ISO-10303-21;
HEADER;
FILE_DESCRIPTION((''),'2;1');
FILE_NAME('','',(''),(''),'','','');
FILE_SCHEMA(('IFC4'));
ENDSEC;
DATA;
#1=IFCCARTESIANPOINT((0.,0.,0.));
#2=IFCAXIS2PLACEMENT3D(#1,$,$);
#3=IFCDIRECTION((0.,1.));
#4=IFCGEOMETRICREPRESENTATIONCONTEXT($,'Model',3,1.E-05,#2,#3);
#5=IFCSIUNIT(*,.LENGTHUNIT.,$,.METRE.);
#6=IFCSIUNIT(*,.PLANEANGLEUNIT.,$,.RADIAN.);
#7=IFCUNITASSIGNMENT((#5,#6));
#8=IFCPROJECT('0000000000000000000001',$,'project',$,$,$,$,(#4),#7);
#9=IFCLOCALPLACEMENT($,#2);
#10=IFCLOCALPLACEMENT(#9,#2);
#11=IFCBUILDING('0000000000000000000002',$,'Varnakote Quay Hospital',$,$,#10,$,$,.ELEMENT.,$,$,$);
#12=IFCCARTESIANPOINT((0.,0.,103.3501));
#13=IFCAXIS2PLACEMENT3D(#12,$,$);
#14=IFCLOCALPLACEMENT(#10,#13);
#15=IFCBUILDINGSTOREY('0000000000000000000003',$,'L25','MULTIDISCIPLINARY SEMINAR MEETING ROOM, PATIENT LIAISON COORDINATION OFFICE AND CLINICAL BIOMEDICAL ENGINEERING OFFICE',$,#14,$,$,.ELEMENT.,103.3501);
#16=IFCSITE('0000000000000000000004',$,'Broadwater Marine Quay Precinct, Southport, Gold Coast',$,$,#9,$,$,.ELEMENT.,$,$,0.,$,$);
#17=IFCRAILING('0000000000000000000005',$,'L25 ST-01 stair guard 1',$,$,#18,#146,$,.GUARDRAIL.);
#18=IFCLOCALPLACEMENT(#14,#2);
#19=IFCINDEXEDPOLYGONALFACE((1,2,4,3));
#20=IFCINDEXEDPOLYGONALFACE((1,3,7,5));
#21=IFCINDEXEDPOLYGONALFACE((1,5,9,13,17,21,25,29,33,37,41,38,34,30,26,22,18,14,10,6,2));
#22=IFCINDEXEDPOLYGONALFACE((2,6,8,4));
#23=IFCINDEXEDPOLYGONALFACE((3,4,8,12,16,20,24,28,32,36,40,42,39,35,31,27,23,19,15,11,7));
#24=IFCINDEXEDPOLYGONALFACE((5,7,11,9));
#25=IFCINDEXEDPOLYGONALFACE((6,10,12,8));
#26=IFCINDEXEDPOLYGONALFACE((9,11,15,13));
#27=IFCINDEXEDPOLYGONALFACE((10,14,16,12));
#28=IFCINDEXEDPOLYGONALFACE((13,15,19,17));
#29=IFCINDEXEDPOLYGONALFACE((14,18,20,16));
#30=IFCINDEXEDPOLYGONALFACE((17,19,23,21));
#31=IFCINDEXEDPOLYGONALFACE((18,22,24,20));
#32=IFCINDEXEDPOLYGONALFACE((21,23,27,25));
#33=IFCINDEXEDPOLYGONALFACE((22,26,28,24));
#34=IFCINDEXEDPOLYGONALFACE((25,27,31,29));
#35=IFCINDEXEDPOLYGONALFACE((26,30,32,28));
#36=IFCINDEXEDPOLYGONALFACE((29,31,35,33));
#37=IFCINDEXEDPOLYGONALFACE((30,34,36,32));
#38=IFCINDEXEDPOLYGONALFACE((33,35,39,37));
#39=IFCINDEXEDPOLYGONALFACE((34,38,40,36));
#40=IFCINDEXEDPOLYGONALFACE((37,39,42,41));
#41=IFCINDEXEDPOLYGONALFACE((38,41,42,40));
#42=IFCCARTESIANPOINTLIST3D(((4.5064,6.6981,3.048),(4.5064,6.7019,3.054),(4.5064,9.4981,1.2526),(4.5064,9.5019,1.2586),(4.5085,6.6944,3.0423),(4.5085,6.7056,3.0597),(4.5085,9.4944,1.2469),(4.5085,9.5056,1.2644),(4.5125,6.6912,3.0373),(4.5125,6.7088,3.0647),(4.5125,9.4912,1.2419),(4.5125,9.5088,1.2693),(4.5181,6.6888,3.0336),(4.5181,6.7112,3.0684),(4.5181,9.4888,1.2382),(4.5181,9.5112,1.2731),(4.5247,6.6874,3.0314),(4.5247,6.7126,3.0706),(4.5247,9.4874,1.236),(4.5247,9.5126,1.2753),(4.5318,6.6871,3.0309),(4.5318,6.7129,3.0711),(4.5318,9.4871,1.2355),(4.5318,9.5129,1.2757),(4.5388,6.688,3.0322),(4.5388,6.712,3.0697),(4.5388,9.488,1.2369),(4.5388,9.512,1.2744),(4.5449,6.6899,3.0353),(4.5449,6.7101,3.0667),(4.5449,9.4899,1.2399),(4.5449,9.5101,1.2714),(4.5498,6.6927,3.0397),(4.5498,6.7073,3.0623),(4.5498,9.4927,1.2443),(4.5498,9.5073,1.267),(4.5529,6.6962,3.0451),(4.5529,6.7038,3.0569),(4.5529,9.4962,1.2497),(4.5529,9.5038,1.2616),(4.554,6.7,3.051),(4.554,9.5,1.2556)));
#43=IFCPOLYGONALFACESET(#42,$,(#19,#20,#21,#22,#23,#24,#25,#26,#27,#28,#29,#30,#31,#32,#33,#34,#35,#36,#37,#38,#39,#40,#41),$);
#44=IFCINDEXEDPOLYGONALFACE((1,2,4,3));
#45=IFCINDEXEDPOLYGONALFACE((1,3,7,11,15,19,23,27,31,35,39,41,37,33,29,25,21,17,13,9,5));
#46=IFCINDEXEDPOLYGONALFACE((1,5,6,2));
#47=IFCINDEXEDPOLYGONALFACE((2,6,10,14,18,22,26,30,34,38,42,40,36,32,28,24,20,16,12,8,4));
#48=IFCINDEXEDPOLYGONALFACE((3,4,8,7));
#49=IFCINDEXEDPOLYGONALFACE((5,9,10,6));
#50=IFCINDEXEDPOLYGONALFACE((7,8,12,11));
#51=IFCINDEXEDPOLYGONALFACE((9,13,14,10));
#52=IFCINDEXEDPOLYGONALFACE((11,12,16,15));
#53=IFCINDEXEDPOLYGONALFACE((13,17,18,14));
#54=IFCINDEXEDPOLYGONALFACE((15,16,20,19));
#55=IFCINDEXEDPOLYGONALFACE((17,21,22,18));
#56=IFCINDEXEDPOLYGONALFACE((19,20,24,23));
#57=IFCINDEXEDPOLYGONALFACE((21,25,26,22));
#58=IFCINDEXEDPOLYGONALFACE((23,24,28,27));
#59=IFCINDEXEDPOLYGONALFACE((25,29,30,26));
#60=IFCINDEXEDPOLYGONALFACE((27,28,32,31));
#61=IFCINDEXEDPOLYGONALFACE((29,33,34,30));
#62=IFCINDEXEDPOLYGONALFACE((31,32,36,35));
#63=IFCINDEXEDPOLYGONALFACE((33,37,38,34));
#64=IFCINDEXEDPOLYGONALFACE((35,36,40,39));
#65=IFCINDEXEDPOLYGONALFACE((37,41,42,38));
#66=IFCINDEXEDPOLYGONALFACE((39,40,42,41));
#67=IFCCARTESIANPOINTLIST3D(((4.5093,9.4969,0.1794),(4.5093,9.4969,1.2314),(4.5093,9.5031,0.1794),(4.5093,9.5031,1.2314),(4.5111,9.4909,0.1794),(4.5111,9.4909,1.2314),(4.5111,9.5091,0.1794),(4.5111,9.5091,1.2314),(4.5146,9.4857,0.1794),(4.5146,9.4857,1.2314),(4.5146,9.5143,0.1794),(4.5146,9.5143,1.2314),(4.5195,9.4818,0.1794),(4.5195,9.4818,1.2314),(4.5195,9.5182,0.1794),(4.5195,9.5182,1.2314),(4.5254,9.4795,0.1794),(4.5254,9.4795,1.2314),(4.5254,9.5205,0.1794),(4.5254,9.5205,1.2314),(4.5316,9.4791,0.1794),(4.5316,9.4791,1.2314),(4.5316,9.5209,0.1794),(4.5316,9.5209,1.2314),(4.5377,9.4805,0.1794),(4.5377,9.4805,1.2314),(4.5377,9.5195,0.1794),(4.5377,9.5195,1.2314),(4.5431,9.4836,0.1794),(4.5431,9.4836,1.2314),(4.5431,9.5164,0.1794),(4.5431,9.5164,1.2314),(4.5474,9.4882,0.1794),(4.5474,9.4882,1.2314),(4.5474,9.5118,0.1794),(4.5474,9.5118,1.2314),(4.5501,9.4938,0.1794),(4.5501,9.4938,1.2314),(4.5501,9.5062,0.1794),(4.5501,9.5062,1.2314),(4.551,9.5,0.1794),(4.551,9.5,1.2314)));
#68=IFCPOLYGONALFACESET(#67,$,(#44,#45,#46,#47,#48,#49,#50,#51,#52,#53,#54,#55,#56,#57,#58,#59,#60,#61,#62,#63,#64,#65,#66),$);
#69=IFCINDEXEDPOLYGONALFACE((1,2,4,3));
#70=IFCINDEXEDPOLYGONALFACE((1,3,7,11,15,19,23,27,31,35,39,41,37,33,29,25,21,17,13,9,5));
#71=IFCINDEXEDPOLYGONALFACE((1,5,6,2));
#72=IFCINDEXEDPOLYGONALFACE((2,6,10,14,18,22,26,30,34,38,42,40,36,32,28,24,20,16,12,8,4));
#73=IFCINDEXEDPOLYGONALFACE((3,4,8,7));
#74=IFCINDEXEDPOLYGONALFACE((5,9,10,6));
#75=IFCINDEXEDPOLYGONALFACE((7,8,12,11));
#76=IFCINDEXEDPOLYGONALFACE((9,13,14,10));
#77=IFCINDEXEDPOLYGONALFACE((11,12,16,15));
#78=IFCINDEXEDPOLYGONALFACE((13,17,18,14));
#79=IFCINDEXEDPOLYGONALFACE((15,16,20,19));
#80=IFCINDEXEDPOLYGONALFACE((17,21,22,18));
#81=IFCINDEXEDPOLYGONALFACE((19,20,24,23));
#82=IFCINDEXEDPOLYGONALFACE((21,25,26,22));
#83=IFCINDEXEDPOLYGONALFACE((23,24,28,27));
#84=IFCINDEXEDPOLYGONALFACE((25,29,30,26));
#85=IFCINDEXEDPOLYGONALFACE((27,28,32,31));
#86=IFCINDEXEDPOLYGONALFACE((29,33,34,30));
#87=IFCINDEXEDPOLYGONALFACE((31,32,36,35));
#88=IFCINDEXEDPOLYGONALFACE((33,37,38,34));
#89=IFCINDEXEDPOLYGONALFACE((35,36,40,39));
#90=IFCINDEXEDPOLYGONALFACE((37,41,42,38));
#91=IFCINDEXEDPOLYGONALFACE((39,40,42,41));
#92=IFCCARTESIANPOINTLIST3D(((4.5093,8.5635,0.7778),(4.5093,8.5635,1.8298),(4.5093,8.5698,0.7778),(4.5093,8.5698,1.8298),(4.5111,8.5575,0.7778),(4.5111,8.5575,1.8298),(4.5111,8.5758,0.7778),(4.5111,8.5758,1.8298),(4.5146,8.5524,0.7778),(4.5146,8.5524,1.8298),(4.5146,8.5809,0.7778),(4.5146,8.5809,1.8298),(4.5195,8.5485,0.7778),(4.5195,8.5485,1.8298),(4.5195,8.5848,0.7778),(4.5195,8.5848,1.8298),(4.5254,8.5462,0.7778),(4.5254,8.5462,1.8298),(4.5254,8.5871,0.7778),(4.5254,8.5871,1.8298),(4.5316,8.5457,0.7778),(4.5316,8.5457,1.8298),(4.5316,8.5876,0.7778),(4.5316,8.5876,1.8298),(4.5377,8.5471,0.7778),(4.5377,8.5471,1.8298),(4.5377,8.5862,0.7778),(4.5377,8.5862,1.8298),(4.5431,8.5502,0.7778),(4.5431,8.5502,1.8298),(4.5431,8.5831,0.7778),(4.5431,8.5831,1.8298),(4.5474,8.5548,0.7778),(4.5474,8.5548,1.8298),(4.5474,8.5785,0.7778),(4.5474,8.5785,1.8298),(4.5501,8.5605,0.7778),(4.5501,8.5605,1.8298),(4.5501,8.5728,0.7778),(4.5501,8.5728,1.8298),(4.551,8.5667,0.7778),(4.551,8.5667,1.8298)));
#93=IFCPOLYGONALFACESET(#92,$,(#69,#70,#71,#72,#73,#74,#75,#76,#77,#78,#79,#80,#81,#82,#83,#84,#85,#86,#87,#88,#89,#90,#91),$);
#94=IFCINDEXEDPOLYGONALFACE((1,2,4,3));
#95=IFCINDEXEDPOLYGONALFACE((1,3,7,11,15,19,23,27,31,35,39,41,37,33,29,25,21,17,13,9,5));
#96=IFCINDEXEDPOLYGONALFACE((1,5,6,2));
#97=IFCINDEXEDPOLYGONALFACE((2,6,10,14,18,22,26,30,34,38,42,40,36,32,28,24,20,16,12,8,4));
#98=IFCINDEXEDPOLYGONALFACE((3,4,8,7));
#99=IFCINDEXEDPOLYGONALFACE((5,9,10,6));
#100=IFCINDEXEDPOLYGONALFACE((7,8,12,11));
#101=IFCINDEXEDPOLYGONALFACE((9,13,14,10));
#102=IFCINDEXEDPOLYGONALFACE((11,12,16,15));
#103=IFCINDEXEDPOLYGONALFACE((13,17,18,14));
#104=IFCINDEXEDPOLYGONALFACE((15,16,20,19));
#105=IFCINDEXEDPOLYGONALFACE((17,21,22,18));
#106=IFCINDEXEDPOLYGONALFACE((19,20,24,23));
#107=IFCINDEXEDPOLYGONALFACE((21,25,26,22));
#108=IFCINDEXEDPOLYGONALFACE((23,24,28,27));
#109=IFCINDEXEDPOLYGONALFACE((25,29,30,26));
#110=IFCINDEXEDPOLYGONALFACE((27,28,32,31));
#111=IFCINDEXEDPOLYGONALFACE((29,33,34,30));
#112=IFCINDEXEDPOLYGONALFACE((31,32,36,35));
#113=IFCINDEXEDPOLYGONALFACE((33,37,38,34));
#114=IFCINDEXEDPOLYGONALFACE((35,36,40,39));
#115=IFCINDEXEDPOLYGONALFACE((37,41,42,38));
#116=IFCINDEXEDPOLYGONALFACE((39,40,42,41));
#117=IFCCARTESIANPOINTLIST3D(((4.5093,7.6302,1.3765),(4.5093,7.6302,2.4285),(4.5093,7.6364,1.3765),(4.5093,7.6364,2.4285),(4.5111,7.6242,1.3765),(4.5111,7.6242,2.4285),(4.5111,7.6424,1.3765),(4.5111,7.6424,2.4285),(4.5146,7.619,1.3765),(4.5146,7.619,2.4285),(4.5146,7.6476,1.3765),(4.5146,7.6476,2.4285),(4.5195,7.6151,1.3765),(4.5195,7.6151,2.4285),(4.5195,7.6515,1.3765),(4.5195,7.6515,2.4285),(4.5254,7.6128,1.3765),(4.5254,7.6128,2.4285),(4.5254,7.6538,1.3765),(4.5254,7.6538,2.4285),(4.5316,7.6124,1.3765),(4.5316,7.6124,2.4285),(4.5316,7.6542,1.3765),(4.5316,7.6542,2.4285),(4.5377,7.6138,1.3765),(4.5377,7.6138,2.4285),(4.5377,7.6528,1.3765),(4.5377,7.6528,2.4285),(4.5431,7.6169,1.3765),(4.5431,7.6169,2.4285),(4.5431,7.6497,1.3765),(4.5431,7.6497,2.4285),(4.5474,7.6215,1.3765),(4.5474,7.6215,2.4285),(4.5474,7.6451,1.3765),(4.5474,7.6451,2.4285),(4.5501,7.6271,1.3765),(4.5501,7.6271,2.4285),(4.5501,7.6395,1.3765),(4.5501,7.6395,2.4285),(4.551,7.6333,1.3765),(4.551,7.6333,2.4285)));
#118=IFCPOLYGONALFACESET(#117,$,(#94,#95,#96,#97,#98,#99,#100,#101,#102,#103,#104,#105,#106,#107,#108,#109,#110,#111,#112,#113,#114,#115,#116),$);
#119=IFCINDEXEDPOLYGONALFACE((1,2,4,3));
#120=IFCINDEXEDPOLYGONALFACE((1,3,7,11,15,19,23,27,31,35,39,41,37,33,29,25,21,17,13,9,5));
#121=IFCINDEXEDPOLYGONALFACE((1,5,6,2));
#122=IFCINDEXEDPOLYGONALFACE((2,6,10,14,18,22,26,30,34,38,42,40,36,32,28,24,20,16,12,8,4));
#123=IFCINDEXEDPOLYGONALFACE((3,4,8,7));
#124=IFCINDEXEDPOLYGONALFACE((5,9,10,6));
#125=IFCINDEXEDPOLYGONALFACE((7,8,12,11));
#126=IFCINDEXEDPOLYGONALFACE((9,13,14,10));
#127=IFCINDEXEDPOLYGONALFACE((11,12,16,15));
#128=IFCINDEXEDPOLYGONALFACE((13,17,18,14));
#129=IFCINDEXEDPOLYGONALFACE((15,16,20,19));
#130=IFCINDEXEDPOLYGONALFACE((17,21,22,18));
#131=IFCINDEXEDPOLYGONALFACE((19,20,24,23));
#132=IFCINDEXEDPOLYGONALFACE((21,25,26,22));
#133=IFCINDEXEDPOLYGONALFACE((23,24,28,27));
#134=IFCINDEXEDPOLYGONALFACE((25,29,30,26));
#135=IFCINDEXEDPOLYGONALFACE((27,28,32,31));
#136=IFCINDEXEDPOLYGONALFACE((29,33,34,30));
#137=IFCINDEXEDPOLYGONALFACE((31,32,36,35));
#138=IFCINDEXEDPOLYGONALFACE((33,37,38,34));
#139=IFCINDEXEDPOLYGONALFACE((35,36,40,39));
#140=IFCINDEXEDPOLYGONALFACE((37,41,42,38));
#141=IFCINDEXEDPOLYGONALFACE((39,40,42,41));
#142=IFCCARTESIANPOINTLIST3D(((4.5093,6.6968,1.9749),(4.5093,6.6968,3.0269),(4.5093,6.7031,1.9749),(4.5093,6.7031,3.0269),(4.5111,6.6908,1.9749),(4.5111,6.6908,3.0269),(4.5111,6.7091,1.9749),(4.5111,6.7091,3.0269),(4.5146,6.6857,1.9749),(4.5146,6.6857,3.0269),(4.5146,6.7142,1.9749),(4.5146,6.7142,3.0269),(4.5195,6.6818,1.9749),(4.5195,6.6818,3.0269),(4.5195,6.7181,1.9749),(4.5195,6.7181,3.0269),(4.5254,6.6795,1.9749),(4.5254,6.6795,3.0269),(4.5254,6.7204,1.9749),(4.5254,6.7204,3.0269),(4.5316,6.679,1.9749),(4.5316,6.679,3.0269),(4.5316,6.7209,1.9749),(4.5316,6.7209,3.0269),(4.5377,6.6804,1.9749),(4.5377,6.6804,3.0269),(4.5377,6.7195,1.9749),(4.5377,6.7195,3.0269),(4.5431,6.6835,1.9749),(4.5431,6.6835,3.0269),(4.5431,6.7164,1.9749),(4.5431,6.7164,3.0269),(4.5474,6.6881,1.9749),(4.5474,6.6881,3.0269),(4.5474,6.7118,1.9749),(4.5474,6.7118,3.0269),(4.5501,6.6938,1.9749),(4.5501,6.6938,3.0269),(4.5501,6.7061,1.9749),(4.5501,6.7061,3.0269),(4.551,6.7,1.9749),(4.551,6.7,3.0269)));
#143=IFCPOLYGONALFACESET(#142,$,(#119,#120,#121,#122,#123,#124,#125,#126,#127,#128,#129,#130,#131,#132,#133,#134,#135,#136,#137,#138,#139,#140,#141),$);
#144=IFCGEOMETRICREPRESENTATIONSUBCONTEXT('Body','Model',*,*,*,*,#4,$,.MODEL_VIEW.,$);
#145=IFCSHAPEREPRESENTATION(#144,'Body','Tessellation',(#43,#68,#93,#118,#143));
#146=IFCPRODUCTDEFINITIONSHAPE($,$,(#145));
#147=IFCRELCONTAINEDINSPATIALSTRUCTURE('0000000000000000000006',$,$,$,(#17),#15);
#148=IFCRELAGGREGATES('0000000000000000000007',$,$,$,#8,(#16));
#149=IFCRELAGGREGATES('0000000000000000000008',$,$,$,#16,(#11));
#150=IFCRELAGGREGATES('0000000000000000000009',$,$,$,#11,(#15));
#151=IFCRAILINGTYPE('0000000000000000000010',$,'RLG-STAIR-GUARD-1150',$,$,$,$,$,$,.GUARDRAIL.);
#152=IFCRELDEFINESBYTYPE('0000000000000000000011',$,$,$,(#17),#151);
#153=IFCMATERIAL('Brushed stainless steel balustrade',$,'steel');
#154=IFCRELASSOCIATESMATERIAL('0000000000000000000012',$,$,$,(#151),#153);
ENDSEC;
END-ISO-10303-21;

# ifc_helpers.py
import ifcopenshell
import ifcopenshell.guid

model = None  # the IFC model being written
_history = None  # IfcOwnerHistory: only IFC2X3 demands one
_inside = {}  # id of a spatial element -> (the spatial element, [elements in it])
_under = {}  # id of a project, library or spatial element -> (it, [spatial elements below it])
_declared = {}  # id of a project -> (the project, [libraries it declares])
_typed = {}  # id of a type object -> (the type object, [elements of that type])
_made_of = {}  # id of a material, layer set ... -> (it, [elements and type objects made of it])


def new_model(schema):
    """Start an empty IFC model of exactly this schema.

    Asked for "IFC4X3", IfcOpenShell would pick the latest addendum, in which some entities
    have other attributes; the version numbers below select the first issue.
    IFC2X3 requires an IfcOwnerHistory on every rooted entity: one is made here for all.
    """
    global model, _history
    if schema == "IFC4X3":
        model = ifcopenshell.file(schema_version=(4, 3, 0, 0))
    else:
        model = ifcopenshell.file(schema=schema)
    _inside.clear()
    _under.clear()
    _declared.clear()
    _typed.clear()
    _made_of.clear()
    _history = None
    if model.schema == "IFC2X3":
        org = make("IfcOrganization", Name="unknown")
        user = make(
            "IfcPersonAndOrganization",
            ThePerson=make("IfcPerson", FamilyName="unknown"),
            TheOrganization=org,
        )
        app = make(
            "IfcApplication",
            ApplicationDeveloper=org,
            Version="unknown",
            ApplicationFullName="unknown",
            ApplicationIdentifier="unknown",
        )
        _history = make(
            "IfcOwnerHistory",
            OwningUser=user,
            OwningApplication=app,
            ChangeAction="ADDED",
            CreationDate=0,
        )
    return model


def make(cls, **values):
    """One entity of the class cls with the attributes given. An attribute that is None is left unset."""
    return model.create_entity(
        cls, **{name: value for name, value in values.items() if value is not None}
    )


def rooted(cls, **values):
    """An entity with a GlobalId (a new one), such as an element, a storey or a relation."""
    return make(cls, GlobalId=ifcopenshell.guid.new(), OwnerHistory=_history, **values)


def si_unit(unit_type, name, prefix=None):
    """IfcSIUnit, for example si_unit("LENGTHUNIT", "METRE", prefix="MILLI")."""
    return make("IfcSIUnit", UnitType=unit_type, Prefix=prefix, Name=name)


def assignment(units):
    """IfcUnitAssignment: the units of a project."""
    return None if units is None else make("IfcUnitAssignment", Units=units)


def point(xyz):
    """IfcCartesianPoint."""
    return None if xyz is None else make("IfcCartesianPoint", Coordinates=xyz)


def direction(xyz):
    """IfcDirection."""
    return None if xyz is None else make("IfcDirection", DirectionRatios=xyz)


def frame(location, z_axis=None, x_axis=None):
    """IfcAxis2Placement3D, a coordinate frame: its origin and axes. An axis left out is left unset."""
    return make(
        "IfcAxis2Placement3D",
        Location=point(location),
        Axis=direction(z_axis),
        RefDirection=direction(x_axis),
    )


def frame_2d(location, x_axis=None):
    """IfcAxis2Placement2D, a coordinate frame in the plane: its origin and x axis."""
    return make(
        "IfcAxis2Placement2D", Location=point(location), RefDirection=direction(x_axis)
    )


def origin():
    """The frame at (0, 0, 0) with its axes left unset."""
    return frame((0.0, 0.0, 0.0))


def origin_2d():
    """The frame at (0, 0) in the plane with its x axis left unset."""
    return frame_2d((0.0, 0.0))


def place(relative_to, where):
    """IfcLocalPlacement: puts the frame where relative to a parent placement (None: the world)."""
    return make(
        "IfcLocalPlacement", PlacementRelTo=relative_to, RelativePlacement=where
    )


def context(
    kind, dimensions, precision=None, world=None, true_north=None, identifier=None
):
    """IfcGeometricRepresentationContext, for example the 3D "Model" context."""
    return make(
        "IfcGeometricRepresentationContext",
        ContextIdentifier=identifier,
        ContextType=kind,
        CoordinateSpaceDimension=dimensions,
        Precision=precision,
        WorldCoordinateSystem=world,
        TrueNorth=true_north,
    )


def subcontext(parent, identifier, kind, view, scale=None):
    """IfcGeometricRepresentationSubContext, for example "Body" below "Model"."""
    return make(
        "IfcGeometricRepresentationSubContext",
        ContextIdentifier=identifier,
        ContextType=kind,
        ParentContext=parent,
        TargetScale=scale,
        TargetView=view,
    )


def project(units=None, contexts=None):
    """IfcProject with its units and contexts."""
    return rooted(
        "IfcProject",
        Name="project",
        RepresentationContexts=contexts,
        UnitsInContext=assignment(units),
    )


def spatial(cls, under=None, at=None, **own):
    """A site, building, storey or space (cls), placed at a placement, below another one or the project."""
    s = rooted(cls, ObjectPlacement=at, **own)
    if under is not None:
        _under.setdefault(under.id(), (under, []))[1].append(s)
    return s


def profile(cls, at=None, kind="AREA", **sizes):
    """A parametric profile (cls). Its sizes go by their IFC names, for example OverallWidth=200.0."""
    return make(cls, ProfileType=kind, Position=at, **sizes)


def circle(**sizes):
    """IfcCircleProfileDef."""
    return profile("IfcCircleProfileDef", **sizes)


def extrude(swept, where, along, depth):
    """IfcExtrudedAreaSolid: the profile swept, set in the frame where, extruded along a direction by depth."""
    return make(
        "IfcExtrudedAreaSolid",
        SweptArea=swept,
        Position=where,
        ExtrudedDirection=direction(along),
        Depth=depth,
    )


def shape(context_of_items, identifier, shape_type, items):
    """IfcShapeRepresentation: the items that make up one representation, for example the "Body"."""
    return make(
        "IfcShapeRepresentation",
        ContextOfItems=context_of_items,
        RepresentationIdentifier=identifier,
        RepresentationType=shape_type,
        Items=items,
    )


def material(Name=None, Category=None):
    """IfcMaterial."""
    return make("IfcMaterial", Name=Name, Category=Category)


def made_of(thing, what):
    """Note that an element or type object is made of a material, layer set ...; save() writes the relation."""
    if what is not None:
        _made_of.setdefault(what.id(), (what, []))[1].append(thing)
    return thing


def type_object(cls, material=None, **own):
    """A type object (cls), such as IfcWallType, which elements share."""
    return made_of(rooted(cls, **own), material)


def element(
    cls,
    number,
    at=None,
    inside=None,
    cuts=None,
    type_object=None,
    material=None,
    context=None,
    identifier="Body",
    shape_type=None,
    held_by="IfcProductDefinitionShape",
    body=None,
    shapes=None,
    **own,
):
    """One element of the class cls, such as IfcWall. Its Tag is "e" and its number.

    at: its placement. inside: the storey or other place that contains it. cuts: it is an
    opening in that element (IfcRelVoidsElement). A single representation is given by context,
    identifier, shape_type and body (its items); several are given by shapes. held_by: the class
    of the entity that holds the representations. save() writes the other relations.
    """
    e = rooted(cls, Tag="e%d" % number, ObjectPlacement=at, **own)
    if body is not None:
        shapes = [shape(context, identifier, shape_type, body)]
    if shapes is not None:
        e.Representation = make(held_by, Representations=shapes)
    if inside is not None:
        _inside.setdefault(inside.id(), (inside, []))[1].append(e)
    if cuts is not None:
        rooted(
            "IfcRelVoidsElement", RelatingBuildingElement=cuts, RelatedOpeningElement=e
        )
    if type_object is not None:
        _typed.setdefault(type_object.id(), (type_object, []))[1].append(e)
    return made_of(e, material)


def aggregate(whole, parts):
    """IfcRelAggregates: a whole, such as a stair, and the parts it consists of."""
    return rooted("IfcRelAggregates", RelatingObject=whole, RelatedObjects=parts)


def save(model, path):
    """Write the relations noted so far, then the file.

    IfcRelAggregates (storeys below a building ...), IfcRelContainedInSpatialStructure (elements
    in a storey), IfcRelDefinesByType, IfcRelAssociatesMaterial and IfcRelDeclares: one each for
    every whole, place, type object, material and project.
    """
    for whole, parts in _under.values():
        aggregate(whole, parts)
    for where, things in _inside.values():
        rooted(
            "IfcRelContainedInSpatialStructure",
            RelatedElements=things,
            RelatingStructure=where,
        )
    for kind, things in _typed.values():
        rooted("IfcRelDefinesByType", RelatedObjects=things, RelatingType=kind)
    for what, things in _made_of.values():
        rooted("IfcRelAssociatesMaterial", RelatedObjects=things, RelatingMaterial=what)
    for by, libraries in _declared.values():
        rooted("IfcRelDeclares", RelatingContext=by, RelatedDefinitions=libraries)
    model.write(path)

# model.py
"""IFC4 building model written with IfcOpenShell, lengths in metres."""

from ifc_helpers import new_model, si_unit, direction, frame, origin, origin_2d, place, context, subcontext, project, spatial, circle, extrude, material, type_object, element, save


model = new_model("IFC4")

# Units and contexts
model_context = context("Model", 3, precision=1e-05, world=origin(), true_north=direction((0.0, 1.0)))
body_context = subcontext(model_context, "Body", "Model", "MODEL_VIEW")
ifc_project = project(units=[si_unit("LENGTHUNIT", "METRE"), si_unit("PLANEANGLEUNIT", "RADIAN")], contexts=[model_context])

# Site, building, storey
site_placement = place(None, origin())
site = spatial("IfcSite", under=ifc_project, at=site_placement, Name="Broadwater Marine Quay Precinct, Southport, Gold Coast", CompositionType="ELEMENT", RefElevation=0.0)
building_placement = place(site_placement, origin())
building = spatial("IfcBuilding", under=site, at=building_placement, Name="Varnakote Quay Hospital", CompositionType="ELEMENT")
storey_placement = place(building_placement, frame((0.0, 0.0, 103.3501)))
storey = spatial("IfcBuildingStorey", under=building, at=storey_placement, Name="L25", Description="MULTIDISCIPLINARY SEMINAR MEETING ROOM, PATIENT LIAISON COORDINATION OFFICE AND CLINICAL BIOMEDICAL ENGINEERING OFFICE", CompositionType="ELEMENT", Elevation=103.3501)

# Railing
ifc_material_1 = material(Name="Brushed stainless steel balustrade", Category="steel")
railing_type_1 = type_object("IfcRailingType", Name="RLG-STAIR-GUARD-1150", PredefinedType="GUARDRAIL", material=ifc_material_1)
railing_1_placement = place(storey_placement, frame((4.53, 9.5, 0.1794)))
element("IfcRailing", 1, at=railing_1_placement, inside=storey, type_object=railing_type_1, Name="L25 ST-01 stair guard 1", PredefinedType="GUARDRAIL", context=body_context, shape_type="SweptSolid", body=[
    extrude(circle(Radius=0.0239, at=origin_2d()), frame((0.0, 0.0, 1.0762), z_axis=(0.0, -0.84181, 0.539774), x_axis=(1.0, 0.0, 0.0)), (0.0, 0.0, 1.0), 3.3262),
    extrude(circle(Radius=0.021, at=origin_2d()), origin(), (0.0, 0.0, 1.0), 1.052),
    extrude(circle(Radius=0.021, at=origin_2d()), frame((0.0, -0.9333, 0.5984)), (0.0, 0.0, 1.0), 1.052),
    extrude(circle(Radius=0.021, at=origin_2d()), frame((0.0, -1.8667, 1.197)), (0.0, 0.0, 1.0), 1.052),
    extrude(circle(Radius=0.021, at=origin_2d()), frame((0.0, -2.8, 1.7954)), (0.0, 0.0, 1.0), 1.052),
])

save(model, "model.ifc")
